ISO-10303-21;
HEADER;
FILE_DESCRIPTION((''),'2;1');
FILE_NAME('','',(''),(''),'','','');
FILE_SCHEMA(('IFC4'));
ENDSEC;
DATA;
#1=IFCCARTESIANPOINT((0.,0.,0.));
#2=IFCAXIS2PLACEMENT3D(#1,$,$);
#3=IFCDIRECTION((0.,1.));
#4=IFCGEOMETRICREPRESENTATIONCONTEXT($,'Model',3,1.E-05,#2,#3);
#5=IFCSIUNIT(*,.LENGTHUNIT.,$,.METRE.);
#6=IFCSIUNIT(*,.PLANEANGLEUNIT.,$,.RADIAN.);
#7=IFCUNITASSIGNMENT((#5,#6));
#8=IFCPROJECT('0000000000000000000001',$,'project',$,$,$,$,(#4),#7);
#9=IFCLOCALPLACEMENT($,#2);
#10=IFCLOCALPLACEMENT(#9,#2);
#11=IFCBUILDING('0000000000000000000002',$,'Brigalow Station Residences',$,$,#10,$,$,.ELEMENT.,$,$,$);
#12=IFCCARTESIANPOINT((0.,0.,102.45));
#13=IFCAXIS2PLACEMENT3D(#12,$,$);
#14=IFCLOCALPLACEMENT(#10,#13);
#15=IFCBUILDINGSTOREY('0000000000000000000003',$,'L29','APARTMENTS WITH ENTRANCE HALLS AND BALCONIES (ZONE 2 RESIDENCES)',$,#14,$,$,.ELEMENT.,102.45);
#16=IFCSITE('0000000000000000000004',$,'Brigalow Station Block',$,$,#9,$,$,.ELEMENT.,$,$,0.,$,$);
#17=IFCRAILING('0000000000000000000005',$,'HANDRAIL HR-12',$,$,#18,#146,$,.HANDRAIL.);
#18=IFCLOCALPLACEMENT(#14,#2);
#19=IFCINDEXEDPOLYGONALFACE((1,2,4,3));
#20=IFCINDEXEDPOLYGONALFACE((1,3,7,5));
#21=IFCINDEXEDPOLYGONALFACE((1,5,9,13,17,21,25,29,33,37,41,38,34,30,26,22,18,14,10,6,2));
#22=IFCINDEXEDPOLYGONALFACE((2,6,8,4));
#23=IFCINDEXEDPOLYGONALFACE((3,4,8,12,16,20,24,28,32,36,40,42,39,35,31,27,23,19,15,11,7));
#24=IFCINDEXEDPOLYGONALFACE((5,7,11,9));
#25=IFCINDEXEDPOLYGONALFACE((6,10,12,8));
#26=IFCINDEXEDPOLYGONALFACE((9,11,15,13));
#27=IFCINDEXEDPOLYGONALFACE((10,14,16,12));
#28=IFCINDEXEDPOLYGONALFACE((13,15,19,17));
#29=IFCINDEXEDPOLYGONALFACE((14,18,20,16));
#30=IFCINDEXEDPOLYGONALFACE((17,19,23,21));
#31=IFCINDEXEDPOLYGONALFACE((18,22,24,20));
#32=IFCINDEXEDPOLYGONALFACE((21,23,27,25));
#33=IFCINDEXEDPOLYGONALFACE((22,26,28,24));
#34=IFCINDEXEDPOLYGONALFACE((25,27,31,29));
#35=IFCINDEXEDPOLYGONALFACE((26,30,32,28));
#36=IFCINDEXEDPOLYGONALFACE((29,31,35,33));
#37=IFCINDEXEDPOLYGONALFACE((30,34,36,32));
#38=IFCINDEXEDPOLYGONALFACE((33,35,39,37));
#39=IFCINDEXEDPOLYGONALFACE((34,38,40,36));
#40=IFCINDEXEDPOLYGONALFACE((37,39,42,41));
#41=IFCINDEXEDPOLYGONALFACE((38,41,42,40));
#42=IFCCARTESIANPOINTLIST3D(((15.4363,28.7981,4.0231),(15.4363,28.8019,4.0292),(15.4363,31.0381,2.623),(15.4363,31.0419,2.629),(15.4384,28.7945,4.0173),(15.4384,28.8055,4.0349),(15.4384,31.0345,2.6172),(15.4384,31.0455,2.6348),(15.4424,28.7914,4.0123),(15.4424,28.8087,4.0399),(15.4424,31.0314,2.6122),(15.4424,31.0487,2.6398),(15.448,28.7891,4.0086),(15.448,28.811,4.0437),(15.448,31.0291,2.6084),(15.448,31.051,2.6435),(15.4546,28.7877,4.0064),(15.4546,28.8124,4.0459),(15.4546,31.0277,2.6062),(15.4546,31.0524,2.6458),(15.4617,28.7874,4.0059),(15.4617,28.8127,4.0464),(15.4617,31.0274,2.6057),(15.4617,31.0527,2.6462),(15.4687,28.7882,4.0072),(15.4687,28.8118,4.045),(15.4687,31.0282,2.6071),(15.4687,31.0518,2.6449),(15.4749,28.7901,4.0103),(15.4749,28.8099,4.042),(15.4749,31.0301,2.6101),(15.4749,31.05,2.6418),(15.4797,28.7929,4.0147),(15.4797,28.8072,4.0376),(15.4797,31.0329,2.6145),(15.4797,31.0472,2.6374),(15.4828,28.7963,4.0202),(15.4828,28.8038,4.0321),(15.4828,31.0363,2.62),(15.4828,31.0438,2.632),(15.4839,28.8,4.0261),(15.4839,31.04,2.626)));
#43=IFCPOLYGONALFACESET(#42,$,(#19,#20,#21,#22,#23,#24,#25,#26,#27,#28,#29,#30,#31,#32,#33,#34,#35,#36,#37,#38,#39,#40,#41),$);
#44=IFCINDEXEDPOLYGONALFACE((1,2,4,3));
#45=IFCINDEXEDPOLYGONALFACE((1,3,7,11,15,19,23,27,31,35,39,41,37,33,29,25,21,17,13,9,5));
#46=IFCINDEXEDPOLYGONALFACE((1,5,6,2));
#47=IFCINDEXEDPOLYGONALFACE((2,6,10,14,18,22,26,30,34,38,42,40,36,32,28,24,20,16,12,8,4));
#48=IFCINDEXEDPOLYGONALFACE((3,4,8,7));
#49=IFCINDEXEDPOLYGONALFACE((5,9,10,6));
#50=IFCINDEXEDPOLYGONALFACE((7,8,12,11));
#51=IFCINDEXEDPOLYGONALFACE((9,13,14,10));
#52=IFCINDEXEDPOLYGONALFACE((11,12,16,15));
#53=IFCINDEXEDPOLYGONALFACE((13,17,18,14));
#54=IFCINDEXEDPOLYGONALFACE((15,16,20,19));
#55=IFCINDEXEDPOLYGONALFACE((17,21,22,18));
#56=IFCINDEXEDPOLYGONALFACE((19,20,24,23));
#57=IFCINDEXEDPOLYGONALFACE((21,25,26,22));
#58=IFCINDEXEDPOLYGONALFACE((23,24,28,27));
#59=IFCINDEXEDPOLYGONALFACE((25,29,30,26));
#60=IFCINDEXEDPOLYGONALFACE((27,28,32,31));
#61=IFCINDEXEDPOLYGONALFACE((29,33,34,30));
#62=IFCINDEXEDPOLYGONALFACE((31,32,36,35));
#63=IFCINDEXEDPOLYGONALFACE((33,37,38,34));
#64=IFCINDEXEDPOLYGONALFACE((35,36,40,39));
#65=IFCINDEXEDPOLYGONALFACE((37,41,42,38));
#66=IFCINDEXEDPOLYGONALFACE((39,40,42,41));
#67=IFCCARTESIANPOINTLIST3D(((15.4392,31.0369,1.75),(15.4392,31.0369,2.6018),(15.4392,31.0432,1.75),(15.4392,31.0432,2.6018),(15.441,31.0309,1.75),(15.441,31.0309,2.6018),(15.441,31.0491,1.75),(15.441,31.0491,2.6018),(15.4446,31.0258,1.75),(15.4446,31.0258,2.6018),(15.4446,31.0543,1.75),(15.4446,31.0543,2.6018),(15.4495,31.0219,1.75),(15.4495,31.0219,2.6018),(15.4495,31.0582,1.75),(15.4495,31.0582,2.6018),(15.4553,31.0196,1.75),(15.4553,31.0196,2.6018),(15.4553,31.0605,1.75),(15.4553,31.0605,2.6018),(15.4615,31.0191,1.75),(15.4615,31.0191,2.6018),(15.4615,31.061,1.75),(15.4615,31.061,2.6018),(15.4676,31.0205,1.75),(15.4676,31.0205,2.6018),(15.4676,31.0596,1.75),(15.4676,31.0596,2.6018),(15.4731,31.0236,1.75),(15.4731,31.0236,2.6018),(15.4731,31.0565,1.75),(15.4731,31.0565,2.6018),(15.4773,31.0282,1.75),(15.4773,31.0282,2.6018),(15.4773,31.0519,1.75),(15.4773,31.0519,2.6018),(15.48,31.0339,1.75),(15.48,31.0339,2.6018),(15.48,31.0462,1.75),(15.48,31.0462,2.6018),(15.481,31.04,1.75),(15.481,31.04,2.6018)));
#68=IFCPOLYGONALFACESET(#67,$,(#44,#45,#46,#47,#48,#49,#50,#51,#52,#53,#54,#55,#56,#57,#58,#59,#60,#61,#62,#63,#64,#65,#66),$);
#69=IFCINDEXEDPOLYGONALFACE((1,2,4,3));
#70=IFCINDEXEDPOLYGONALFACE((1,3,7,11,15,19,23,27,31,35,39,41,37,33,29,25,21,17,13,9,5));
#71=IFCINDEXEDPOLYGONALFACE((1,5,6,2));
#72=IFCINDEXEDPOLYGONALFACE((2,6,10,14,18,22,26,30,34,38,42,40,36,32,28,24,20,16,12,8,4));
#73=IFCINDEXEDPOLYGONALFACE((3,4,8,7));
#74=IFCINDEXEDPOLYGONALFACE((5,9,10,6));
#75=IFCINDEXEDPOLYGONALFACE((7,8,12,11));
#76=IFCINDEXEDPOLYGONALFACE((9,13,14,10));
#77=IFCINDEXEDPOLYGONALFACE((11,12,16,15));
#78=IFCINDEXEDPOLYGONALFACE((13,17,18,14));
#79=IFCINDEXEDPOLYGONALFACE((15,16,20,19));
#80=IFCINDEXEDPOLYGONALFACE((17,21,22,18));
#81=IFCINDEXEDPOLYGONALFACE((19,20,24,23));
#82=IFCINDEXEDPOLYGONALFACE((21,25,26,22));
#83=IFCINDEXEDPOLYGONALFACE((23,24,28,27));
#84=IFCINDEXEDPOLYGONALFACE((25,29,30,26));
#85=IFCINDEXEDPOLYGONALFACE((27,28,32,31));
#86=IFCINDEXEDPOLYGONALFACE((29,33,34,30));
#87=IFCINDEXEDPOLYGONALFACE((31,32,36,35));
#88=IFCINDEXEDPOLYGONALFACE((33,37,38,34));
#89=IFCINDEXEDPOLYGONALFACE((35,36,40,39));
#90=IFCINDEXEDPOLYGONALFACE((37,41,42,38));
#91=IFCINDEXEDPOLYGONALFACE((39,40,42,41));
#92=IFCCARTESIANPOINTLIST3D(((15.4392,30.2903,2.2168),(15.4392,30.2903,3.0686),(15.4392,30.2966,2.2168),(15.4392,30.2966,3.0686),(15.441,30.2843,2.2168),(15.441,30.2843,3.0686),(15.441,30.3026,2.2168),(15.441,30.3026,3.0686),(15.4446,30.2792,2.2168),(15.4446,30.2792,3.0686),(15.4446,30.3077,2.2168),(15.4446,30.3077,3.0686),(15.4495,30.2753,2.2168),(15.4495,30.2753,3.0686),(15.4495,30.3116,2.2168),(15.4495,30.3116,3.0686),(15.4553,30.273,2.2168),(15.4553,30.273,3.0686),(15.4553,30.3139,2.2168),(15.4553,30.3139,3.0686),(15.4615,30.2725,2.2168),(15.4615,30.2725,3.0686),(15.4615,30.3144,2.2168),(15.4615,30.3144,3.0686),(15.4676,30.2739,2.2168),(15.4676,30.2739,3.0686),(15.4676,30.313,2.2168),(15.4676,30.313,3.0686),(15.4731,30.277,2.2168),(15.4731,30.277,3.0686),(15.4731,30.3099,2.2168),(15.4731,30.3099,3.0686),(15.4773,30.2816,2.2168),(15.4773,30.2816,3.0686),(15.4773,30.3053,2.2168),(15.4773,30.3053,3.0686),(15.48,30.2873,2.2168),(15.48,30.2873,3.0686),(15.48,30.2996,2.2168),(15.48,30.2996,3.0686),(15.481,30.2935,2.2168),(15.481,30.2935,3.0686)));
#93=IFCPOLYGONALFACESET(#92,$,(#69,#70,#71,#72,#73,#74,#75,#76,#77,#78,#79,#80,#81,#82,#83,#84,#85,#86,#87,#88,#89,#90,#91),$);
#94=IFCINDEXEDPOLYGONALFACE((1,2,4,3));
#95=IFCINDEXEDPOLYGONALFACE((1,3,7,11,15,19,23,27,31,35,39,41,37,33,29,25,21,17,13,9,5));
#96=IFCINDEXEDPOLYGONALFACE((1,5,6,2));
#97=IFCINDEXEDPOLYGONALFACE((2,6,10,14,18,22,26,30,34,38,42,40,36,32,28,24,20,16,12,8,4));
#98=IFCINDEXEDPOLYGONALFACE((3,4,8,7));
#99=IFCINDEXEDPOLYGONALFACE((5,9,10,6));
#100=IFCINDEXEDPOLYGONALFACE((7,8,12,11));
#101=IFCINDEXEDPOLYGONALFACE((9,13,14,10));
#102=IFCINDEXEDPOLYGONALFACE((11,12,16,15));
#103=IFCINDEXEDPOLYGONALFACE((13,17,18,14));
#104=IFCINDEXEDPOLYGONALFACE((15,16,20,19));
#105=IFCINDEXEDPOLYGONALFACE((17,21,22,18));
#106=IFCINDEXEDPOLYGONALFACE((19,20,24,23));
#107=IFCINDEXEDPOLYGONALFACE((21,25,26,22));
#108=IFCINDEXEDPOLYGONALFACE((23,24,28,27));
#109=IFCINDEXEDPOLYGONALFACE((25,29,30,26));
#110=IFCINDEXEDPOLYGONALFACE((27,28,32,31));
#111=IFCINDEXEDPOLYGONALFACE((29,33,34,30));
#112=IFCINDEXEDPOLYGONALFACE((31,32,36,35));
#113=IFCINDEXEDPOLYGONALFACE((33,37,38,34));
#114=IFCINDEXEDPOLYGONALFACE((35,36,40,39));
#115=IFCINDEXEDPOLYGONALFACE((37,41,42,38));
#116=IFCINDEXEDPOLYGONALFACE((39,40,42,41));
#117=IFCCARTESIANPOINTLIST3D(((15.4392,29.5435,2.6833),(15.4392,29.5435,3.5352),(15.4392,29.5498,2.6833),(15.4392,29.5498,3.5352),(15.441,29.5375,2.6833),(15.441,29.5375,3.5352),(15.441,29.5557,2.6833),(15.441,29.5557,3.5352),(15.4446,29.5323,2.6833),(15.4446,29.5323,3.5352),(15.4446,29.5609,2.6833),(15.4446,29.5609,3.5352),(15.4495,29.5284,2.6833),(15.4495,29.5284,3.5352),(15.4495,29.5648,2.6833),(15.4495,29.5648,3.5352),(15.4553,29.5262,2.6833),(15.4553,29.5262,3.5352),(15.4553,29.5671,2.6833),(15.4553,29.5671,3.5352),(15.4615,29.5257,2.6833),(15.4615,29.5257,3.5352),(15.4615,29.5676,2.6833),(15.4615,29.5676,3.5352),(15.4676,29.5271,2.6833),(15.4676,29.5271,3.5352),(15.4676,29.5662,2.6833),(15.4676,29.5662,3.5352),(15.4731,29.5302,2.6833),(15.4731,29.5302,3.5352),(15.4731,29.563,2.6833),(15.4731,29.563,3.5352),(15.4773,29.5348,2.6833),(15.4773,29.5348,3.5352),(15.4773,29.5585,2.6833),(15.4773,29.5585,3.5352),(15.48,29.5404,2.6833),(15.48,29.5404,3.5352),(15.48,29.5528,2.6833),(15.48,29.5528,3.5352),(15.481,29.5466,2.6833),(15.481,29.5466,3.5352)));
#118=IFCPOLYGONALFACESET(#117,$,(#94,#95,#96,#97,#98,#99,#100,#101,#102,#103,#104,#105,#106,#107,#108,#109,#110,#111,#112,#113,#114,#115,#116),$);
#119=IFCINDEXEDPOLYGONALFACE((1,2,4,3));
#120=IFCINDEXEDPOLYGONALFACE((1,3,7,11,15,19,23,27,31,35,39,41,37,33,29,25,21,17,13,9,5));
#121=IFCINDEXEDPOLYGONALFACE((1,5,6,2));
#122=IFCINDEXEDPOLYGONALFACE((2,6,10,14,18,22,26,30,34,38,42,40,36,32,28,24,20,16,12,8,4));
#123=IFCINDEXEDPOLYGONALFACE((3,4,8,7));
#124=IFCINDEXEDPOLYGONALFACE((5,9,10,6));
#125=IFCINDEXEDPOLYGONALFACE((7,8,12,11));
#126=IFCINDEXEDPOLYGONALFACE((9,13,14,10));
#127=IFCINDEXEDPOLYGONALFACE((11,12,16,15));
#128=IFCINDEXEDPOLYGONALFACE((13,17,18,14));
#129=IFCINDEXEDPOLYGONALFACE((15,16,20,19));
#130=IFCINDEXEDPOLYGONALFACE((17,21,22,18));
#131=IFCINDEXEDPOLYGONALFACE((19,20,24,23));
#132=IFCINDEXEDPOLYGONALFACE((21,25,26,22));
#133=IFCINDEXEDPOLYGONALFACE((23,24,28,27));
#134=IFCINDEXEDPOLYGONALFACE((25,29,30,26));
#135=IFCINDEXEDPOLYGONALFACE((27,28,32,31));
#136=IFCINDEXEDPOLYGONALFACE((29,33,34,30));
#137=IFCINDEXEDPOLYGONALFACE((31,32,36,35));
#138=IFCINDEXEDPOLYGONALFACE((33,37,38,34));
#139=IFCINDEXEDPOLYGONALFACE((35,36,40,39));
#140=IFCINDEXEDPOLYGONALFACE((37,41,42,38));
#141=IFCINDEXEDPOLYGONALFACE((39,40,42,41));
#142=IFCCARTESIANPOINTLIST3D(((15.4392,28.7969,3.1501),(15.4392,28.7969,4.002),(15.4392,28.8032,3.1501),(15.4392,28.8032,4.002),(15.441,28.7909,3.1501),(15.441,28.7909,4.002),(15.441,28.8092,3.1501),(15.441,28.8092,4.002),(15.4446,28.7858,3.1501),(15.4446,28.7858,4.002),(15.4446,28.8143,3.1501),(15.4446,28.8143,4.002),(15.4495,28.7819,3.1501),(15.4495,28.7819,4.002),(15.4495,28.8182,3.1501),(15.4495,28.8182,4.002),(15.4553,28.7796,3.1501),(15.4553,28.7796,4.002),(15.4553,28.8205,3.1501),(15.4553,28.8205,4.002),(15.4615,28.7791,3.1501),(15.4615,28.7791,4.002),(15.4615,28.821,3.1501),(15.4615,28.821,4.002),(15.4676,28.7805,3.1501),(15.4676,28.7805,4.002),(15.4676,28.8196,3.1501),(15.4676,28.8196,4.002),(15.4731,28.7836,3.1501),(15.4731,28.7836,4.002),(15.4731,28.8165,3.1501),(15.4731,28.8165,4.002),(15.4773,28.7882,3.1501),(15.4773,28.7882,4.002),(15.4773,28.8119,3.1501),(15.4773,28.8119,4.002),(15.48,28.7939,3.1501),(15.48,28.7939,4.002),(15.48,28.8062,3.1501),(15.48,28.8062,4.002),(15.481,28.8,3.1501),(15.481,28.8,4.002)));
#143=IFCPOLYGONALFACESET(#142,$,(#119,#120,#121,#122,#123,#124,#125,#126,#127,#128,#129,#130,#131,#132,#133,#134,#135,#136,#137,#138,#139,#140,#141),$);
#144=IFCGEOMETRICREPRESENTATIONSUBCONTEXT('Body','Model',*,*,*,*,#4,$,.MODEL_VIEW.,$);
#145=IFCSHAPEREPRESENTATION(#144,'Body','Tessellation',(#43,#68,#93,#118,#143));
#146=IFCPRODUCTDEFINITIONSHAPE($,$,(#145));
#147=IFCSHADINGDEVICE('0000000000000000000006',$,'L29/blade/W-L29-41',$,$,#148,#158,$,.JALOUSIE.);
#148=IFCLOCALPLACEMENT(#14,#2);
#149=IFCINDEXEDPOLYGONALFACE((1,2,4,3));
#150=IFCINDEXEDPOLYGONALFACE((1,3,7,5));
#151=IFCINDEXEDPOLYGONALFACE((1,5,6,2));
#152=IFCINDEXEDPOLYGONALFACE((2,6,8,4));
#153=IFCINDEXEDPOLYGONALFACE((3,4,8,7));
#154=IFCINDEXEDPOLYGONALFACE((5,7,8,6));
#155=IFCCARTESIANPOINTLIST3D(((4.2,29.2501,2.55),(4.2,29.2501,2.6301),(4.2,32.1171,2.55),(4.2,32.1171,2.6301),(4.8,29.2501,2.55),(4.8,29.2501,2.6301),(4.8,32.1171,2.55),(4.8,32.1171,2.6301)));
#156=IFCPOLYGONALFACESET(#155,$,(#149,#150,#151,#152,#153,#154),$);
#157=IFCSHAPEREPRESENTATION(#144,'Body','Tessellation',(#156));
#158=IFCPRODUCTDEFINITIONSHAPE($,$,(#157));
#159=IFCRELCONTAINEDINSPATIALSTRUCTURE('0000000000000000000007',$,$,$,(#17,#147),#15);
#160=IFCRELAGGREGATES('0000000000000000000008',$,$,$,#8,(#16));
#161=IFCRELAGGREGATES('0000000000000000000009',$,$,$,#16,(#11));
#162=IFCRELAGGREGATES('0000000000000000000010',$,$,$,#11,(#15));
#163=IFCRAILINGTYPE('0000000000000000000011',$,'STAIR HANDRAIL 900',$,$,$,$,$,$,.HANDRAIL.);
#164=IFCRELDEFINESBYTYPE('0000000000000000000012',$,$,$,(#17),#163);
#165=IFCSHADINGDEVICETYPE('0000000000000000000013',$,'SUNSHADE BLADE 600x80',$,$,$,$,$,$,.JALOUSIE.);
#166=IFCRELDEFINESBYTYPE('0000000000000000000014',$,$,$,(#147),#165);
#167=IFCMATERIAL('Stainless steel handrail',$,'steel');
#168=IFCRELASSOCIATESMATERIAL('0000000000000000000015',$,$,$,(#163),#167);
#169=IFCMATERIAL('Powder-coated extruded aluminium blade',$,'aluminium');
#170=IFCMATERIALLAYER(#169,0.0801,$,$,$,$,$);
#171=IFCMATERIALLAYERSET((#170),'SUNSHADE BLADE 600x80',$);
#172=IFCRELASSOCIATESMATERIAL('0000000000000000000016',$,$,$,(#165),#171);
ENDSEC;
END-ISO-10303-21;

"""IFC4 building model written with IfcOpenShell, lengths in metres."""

from ifc_helpers import new_model, si_unit, direction, frame, origin, origin_2d, place, context, subcontext, project, spatial, rectangle, circle, extrude, material, layer, layer_set, type_object, element, save


model = new_model("IFC4")

# Units and contexts
model_context = context("Model", 3, precision=1e-05, world=origin(), true_north=direction((0.0, 1.0)))
body_context = subcontext(model_context, "Body", "Model", "MODEL_VIEW")
ifc_project = project(units=[si_unit("LENGTHUNIT", "METRE"), si_unit("PLANEANGLEUNIT", "RADIAN")], contexts=[model_context])

# Site, building, storey
site_placement = place(None, origin())
site = spatial("IfcSite", under=ifc_project, at=site_placement, Name="Brigalow Station Block", CompositionType="ELEMENT", RefElevation=0.0)
building_placement = place(site_placement, origin())
building = spatial("IfcBuilding", under=site, at=building_placement, Name="Brigalow Station Residences", CompositionType="ELEMENT")
storey_placement = place(building_placement, frame((0.0, 0.0, 102.45)))
storey = spatial("IfcBuildingStorey", under=building, at=storey_placement, Name="L29", Description="APARTMENTS WITH ENTRANCE HALLS AND BALCONIES (ZONE 2 RESIDENCES)", CompositionType="ELEMENT", Elevation=102.45)

# Railing
ifc_material_1 = material(Name="Stainless steel handrail", Category="steel")
railing_type_1 = type_object("IfcRailingType", Name="STAIR HANDRAIL 900", PredefinedType="HANDRAIL", material=ifc_material_1)
railing_1_placement = place(storey_placement, frame((15.46, 31.04, 1.75)))
element("IfcRailing", 1, at=railing_1_placement, inside=storey, type_object=railing_type_1, Name="HANDRAIL HR-12", PredefinedType="HANDRAIL", context=body_context, shape_type="SweptSolid", body=[
    extrude(circle(Radius=0.0239, at=origin_2d()), frame((0.0, 0.0, 0.876), z_axis=(0.0, -0.847972, 0.53004), x_axis=(1.0, 0.0, 0.0)), (0.0, 0.0, 1.0), 2.6416),
    extrude(circle(Radius=0.021, at=origin_2d()), origin(), (0.0, 0.0, 1.0), 0.8518),
    extrude(circle(Radius=0.021, at=origin_2d()), frame((0.0, -0.7466, 0.4668)), (0.0, 0.0, 1.0), 0.8518),
    extrude(circle(Radius=0.021, at=origin_2d()), frame((0.0, -1.4934, 0.9333)), (0.0, 0.0, 1.0), 0.8518),
    extrude(circle(Radius=0.021, at=origin_2d()), frame((0.0, -2.24, 1.4001)), (0.0, 0.0, 1.0), 0.8518),
])

# Shading device
ifc_material_2 = material(Name="Powder-coated extruded aluminium blade", Category="aluminium")
ifc_layer_1 = layer(ifc_material_2, 0.0801)
ifc_layer_set_1 = layer_set([ifc_layer_1], Name="SUNSHADE BLADE 600x80")
shading_device_type = type_object("IfcShadingDeviceType", Name="SUNSHADE BLADE 600x80", PredefinedType="JALOUSIE", material=ifc_layer_set_1)
shading_device_placement = place(storey_placement, frame((4.5, 30.6836, 2.55), z_axis=(0.0, 0.0, 1.0), x_axis=(0.0, -1.0, 0.0)))
element("IfcShadingDevice", 2, at=shading_device_placement, inside=storey, type_object=shading_device_type, Name="L29/blade/W-L29-41", PredefinedType="JALOUSIE", context=body_context, shape_type="SweptSolid", body=[
    extrude(rectangle(XDim=2.8669, YDim=0.6001, at=origin_2d()), origin(), (0.0, 0.0, 1.0), 0.0801),
])

save(model, "model.ifc")
